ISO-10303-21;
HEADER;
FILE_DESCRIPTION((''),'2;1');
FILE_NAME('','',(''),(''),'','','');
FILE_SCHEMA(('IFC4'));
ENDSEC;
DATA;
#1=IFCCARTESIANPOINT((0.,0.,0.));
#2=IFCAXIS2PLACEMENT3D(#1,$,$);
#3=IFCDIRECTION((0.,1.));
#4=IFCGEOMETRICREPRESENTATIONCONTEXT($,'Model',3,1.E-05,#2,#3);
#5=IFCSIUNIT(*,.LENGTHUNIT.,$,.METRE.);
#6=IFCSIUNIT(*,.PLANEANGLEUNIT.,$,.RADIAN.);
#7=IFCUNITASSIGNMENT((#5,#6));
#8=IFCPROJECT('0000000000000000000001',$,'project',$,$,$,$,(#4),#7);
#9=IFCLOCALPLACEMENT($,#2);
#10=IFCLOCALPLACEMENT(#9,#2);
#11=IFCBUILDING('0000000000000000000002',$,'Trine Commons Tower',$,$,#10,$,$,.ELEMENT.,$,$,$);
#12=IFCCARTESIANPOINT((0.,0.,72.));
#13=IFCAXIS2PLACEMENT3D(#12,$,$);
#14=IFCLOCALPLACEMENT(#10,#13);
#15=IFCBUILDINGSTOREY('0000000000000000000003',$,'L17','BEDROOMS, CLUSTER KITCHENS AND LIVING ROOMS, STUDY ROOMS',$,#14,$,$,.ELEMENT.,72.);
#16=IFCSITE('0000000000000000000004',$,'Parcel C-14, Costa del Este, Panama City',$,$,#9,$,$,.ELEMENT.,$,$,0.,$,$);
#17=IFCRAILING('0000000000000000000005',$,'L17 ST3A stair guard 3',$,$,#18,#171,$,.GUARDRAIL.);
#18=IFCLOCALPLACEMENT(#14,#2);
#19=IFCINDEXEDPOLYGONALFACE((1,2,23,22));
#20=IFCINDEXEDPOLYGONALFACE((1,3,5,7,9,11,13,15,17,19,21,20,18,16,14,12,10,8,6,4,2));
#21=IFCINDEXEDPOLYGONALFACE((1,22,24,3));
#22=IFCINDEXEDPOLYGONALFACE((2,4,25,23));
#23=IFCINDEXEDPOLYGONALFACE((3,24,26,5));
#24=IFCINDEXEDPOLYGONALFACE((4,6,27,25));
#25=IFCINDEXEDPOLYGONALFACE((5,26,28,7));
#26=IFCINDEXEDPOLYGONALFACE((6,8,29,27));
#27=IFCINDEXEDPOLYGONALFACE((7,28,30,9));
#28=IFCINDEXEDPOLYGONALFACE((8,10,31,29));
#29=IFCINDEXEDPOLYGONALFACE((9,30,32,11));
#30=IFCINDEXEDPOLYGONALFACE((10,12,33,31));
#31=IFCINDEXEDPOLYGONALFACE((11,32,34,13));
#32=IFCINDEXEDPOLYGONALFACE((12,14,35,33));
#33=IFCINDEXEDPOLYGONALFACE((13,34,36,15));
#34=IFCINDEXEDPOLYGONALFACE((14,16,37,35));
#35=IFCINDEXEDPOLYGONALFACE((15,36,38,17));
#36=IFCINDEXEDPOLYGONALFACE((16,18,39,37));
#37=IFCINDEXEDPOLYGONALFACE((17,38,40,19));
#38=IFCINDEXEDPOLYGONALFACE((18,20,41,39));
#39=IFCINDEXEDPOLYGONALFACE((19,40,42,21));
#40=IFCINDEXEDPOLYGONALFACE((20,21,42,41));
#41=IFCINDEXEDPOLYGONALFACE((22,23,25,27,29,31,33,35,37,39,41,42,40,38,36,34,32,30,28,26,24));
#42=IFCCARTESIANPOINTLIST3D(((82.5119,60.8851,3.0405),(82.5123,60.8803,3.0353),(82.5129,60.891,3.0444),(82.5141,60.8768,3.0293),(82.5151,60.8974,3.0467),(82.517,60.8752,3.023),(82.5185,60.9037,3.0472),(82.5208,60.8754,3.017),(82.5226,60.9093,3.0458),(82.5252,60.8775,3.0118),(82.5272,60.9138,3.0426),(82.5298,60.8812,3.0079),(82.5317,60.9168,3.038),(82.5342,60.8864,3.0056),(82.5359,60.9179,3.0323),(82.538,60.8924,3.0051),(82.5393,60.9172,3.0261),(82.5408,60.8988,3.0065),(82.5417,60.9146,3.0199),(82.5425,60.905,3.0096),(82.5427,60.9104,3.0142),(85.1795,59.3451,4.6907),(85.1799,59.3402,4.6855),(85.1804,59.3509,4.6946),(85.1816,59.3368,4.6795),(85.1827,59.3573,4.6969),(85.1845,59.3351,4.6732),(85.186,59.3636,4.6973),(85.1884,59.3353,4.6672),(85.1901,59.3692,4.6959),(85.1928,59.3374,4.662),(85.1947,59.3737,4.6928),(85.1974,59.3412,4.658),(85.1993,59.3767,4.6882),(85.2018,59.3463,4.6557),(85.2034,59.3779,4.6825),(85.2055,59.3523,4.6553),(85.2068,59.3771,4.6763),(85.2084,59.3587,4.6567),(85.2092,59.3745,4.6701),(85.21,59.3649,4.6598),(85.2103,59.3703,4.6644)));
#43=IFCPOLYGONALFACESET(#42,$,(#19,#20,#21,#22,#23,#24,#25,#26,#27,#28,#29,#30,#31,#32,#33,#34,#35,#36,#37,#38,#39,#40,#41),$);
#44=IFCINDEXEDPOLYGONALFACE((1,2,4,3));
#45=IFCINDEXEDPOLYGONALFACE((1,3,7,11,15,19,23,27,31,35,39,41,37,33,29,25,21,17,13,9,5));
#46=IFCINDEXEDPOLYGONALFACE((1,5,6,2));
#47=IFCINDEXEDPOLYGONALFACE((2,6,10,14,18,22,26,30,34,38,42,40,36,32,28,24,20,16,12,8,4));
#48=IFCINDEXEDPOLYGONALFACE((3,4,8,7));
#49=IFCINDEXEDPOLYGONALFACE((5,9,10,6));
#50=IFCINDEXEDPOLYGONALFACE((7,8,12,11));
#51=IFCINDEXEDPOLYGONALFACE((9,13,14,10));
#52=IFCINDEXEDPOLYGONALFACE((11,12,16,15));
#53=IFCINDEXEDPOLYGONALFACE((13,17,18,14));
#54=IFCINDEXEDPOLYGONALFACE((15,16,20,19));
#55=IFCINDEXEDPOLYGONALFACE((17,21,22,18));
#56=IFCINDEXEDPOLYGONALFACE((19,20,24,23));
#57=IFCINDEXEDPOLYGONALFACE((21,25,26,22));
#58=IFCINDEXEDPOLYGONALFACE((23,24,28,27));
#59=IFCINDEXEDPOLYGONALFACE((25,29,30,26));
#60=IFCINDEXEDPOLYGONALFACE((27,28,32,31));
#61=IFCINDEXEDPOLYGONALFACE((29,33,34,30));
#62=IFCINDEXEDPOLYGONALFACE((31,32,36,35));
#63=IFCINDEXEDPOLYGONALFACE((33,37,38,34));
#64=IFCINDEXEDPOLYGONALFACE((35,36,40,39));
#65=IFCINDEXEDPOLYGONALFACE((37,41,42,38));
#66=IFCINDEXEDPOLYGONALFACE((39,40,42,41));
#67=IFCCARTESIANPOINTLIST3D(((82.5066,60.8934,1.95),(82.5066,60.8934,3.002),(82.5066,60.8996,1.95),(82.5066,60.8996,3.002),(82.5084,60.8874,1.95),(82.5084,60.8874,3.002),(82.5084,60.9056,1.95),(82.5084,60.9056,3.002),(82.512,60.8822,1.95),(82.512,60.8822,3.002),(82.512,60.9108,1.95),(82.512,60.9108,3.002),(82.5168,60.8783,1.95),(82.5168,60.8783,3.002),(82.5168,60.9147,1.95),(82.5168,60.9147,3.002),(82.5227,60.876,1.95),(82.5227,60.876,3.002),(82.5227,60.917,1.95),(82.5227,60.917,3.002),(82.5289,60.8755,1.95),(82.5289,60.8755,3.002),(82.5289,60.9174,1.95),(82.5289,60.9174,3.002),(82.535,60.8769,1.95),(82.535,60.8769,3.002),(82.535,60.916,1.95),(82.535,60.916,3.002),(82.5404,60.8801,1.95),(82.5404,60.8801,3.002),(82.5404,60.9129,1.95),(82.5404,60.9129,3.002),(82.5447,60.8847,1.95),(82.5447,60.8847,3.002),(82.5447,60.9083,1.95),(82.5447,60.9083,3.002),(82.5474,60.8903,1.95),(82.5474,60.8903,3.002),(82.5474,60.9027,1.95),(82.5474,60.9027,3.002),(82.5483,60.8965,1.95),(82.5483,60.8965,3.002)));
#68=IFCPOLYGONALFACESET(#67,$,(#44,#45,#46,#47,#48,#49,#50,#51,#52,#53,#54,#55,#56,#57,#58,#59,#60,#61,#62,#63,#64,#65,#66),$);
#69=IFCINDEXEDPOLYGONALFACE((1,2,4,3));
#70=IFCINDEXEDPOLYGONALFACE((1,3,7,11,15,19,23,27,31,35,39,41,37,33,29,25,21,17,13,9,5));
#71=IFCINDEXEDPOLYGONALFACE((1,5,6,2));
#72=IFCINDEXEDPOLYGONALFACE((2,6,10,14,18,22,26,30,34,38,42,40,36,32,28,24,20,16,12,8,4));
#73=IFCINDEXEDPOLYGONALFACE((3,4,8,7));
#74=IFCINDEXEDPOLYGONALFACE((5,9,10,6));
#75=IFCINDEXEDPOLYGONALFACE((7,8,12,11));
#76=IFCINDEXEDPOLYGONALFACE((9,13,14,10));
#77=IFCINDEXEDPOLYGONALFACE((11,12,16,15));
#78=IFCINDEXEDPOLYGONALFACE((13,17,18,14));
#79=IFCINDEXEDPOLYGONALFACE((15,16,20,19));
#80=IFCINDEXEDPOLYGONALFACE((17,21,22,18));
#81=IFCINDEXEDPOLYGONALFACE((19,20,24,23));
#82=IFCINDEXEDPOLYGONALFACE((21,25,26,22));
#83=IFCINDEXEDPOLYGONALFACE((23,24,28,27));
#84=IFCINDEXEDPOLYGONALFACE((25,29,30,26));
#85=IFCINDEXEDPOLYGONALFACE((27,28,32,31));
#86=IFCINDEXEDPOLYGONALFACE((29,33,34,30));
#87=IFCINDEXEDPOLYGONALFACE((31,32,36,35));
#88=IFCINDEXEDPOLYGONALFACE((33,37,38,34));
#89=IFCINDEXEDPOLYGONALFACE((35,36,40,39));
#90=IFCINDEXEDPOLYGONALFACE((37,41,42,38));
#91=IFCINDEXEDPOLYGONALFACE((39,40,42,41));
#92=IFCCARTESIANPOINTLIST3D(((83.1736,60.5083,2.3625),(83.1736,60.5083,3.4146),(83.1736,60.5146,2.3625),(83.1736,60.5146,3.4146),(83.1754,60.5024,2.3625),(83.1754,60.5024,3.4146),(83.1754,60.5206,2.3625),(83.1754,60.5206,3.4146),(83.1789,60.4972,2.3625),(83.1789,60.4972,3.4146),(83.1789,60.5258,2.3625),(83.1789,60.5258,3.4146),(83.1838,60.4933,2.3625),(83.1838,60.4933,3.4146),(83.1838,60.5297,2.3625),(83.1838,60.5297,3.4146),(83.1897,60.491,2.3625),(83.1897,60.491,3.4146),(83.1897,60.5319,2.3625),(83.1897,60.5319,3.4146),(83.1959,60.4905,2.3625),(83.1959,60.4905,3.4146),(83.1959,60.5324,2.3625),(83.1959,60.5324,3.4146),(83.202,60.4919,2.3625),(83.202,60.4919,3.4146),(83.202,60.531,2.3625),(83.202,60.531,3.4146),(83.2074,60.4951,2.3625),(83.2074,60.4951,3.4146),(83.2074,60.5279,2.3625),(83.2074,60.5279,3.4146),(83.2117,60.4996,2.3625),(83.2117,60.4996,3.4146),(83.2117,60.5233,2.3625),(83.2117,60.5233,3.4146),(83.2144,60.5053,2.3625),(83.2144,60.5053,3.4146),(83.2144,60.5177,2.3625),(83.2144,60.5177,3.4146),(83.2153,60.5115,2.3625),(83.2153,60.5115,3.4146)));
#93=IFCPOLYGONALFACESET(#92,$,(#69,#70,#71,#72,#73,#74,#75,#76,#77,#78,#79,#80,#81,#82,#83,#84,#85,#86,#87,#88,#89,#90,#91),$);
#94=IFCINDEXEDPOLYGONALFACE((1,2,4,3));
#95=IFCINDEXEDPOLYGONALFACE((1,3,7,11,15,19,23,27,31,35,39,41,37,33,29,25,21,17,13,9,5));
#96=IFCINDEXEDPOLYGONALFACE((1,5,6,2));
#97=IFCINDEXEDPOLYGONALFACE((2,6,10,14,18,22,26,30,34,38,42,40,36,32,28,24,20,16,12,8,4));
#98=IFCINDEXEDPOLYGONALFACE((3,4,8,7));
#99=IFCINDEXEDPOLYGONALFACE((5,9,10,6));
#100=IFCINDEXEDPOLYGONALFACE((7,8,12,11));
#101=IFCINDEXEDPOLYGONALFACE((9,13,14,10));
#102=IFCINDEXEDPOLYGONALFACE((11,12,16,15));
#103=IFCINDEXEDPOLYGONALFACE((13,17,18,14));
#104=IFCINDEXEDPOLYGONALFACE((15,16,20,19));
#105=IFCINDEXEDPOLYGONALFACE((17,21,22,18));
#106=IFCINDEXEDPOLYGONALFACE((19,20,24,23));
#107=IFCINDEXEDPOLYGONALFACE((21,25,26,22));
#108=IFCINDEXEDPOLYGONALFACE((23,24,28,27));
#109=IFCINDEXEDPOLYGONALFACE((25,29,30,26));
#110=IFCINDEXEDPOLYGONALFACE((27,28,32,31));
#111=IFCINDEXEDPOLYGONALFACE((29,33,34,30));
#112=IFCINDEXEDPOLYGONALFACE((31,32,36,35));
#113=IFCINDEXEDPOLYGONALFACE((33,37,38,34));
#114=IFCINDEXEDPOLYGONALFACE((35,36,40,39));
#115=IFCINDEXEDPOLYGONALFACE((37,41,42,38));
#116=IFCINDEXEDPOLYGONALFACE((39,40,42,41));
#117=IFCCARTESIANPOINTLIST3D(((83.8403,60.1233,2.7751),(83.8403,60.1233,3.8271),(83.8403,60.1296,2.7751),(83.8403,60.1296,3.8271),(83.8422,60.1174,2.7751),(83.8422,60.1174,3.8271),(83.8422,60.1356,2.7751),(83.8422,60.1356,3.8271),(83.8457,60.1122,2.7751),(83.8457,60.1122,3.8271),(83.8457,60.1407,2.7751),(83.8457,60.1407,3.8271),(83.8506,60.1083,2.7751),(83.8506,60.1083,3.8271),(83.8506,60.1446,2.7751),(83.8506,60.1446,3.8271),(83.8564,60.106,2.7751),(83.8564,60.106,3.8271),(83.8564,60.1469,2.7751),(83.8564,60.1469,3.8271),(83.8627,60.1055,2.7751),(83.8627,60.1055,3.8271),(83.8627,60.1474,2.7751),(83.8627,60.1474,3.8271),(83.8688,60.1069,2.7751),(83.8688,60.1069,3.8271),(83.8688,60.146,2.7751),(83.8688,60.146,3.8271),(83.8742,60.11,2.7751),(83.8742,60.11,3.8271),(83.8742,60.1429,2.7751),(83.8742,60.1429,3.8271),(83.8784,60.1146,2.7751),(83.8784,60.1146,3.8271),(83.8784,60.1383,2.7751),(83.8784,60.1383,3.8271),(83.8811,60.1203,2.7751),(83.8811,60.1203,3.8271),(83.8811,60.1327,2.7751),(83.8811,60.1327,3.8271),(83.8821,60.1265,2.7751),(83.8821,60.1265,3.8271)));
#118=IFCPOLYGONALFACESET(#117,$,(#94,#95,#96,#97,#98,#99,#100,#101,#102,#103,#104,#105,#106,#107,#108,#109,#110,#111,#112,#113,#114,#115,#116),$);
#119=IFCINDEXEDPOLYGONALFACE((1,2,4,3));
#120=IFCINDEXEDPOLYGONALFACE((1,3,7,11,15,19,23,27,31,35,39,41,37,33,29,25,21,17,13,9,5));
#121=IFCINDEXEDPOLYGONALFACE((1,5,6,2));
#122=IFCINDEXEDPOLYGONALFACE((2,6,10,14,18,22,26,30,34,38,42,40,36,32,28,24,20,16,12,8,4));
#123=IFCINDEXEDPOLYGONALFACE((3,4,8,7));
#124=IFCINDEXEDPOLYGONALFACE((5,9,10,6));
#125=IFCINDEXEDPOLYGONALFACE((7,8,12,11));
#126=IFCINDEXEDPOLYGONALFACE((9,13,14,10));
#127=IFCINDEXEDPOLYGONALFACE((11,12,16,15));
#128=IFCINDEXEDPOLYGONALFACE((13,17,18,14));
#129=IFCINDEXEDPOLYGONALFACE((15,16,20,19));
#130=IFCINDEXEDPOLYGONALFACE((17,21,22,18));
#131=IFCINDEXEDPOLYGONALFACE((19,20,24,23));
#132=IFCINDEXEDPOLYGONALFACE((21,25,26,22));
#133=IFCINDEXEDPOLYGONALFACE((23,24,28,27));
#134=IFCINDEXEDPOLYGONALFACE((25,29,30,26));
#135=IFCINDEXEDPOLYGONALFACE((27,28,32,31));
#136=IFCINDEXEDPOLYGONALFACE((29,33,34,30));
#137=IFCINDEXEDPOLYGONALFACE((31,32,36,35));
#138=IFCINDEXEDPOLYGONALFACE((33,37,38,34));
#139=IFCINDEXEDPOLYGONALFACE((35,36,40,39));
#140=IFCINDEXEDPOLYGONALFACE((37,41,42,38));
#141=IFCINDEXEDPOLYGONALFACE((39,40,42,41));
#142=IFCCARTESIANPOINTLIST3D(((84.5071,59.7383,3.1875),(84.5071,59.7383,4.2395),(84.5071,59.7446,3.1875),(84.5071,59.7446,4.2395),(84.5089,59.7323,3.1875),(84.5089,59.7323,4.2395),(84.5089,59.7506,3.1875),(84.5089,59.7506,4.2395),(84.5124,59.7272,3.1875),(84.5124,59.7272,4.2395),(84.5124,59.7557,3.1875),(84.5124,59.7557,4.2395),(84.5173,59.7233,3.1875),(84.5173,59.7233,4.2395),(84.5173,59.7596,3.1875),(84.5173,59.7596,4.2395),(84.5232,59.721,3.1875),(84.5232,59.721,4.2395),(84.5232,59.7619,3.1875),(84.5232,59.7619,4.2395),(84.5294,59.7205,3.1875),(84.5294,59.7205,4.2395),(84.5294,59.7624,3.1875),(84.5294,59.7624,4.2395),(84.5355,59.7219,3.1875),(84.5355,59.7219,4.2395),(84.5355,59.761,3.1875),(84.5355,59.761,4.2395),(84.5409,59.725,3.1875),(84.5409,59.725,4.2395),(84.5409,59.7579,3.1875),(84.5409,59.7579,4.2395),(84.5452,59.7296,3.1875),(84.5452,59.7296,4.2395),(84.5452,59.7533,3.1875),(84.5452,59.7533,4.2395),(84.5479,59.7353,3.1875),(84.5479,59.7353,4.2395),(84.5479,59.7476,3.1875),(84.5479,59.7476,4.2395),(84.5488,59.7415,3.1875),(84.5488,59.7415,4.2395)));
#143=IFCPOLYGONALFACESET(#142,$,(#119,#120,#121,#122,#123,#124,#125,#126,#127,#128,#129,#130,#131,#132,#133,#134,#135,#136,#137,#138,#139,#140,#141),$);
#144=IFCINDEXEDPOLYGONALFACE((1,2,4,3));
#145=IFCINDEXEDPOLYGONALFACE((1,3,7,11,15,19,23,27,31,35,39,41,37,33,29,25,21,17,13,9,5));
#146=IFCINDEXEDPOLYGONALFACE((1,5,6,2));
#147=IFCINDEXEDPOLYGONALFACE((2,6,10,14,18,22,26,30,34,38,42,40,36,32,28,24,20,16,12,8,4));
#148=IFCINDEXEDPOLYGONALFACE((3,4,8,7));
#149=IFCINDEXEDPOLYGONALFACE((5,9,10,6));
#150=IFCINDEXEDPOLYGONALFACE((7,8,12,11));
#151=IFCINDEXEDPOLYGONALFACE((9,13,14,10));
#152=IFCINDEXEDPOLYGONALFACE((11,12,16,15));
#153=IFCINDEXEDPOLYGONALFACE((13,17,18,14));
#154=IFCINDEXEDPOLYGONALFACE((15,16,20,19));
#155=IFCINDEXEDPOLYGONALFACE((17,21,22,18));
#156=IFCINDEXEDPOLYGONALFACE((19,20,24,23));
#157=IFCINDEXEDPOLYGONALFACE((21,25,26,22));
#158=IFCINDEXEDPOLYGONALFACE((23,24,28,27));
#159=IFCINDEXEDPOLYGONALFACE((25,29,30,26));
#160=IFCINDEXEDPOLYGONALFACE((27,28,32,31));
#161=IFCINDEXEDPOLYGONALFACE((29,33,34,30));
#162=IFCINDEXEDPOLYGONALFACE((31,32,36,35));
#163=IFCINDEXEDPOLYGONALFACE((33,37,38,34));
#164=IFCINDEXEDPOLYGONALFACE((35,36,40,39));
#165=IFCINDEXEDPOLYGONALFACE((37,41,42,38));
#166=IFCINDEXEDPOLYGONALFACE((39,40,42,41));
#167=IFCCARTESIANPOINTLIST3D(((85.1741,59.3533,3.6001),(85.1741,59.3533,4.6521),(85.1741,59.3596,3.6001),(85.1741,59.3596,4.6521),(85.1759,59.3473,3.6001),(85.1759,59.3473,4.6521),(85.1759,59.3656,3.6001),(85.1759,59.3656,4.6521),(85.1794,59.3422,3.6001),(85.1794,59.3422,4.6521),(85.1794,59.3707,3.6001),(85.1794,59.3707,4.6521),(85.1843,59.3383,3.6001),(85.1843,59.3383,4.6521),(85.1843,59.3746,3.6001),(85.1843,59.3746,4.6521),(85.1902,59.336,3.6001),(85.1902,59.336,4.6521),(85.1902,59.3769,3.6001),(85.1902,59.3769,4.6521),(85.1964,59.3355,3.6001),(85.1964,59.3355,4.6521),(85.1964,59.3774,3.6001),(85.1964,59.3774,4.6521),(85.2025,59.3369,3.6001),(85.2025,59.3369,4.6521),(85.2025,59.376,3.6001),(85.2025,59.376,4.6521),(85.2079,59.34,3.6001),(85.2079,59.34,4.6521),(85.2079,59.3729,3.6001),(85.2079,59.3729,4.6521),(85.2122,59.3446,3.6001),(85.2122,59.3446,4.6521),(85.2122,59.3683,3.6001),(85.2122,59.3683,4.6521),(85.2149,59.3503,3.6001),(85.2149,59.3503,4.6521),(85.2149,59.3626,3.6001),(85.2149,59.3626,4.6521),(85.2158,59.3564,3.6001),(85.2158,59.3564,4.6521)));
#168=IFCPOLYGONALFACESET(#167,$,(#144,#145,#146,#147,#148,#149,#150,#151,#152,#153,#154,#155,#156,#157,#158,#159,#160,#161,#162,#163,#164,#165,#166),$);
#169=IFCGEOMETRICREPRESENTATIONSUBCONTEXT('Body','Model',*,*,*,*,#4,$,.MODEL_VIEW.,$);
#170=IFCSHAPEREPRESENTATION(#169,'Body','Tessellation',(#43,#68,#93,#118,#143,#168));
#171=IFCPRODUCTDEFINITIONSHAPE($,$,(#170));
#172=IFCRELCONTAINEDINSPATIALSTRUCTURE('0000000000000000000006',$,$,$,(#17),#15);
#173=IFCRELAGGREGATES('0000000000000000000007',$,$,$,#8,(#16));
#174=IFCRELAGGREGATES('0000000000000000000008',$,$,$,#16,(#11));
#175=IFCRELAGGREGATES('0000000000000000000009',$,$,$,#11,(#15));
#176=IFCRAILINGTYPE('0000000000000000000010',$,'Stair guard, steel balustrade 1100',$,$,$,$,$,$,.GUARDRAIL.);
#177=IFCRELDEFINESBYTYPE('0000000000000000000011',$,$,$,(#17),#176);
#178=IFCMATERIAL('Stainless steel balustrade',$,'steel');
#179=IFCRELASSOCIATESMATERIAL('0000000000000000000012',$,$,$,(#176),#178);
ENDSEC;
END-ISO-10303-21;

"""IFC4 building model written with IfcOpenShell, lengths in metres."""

from ifc_helpers import new_model, si_unit, direction, frame, origin, origin_2d, place, context, subcontext, project, spatial, circle, extrude, material, type_object, element, save


model = new_model("IFC4")

# Units and contexts
model_context = context("Model", 3, precision=1e-05, world=origin(), true_north=direction((0.0, 1.0)))
body_context = subcontext(model_context, "Body", "Model", "MODEL_VIEW")
ifc_project = project(units=[si_unit("LENGTHUNIT", "METRE"), si_unit("PLANEANGLEUNIT", "RADIAN")], contexts=[model_context])

# Site, building, storey
site_placement = place(None, origin())
site = spatial("IfcSite", under=ifc_project, at=site_placement, Name="Parcel C-14, Costa del Este, Panama City", CompositionType="ELEMENT", RefElevation=0.0)
building_placement = place(site_placement, origin())
building = spatial("IfcBuilding", under=site, at=building_placement, Name="Trine Commons Tower", CompositionType="ELEMENT")
storey_placement = place(building_placement, frame((0.0, 0.0, 72.0)))
storey = spatial("IfcBuildingStorey", under=building, at=storey_placement, Name="L17", Description="BEDROOMS, CLUSTER KITCHENS AND LIVING ROOMS, STUDY ROOMS", CompositionType="ELEMENT", Elevation=72.0)

# Railing
ifc_material_1 = material(Name="Stainless steel balustrade", Category="steel")
railing_type_1 = type_object("IfcRailingType", Name="Stair guard, steel balustrade 1100", PredefinedType="GUARDRAIL", material=ifc_material_1)
railing_1_placement = place(storey_placement, frame((82.5273, 60.8965, 1.95)))
element("IfcRailing", 1, at=railing_1_placement, inside=storey, type_object=railing_type_1, Name="L17 ST3A stair guard 3", PredefinedType="GUARDRAIL", context=body_context, shape_type="SweptSolid", body=[
    extrude(circle(Radius=0.0239, at=origin_2d()), frame((0.0, 0.0, 1.0762), z_axis=(0.76338, -0.440728, 0.472239), x_axis=(0.499992, 0.86603, 0.0)), (0.0, 0.0, 1.0), 3.4944),
    extrude(circle(Radius=0.021, at=origin_2d()), origin(), (0.0, 0.0, 1.0), 1.052),
    extrude(circle(Radius=0.021, at=origin_2d()), frame((0.667, -0.385, 0.4126)), (0.0, 0.0, 1.0), 1.052),
    extrude(circle(Radius=0.021, at=origin_2d()), frame((1.3337, -0.77, 0.8252)), (0.0, 0.0, 1.0), 1.052),
    extrude(circle(Radius=0.021, at=origin_2d()), frame((2.0005, -1.155, 1.2375)), (0.0, 0.0, 1.0), 1.052),
    extrude(circle(Radius=0.021, at=origin_2d()), frame((2.6675, -1.54, 1.6501)), (0.0, 0.0, 1.0), 1.052),
])

save(model, "model.ifc")
